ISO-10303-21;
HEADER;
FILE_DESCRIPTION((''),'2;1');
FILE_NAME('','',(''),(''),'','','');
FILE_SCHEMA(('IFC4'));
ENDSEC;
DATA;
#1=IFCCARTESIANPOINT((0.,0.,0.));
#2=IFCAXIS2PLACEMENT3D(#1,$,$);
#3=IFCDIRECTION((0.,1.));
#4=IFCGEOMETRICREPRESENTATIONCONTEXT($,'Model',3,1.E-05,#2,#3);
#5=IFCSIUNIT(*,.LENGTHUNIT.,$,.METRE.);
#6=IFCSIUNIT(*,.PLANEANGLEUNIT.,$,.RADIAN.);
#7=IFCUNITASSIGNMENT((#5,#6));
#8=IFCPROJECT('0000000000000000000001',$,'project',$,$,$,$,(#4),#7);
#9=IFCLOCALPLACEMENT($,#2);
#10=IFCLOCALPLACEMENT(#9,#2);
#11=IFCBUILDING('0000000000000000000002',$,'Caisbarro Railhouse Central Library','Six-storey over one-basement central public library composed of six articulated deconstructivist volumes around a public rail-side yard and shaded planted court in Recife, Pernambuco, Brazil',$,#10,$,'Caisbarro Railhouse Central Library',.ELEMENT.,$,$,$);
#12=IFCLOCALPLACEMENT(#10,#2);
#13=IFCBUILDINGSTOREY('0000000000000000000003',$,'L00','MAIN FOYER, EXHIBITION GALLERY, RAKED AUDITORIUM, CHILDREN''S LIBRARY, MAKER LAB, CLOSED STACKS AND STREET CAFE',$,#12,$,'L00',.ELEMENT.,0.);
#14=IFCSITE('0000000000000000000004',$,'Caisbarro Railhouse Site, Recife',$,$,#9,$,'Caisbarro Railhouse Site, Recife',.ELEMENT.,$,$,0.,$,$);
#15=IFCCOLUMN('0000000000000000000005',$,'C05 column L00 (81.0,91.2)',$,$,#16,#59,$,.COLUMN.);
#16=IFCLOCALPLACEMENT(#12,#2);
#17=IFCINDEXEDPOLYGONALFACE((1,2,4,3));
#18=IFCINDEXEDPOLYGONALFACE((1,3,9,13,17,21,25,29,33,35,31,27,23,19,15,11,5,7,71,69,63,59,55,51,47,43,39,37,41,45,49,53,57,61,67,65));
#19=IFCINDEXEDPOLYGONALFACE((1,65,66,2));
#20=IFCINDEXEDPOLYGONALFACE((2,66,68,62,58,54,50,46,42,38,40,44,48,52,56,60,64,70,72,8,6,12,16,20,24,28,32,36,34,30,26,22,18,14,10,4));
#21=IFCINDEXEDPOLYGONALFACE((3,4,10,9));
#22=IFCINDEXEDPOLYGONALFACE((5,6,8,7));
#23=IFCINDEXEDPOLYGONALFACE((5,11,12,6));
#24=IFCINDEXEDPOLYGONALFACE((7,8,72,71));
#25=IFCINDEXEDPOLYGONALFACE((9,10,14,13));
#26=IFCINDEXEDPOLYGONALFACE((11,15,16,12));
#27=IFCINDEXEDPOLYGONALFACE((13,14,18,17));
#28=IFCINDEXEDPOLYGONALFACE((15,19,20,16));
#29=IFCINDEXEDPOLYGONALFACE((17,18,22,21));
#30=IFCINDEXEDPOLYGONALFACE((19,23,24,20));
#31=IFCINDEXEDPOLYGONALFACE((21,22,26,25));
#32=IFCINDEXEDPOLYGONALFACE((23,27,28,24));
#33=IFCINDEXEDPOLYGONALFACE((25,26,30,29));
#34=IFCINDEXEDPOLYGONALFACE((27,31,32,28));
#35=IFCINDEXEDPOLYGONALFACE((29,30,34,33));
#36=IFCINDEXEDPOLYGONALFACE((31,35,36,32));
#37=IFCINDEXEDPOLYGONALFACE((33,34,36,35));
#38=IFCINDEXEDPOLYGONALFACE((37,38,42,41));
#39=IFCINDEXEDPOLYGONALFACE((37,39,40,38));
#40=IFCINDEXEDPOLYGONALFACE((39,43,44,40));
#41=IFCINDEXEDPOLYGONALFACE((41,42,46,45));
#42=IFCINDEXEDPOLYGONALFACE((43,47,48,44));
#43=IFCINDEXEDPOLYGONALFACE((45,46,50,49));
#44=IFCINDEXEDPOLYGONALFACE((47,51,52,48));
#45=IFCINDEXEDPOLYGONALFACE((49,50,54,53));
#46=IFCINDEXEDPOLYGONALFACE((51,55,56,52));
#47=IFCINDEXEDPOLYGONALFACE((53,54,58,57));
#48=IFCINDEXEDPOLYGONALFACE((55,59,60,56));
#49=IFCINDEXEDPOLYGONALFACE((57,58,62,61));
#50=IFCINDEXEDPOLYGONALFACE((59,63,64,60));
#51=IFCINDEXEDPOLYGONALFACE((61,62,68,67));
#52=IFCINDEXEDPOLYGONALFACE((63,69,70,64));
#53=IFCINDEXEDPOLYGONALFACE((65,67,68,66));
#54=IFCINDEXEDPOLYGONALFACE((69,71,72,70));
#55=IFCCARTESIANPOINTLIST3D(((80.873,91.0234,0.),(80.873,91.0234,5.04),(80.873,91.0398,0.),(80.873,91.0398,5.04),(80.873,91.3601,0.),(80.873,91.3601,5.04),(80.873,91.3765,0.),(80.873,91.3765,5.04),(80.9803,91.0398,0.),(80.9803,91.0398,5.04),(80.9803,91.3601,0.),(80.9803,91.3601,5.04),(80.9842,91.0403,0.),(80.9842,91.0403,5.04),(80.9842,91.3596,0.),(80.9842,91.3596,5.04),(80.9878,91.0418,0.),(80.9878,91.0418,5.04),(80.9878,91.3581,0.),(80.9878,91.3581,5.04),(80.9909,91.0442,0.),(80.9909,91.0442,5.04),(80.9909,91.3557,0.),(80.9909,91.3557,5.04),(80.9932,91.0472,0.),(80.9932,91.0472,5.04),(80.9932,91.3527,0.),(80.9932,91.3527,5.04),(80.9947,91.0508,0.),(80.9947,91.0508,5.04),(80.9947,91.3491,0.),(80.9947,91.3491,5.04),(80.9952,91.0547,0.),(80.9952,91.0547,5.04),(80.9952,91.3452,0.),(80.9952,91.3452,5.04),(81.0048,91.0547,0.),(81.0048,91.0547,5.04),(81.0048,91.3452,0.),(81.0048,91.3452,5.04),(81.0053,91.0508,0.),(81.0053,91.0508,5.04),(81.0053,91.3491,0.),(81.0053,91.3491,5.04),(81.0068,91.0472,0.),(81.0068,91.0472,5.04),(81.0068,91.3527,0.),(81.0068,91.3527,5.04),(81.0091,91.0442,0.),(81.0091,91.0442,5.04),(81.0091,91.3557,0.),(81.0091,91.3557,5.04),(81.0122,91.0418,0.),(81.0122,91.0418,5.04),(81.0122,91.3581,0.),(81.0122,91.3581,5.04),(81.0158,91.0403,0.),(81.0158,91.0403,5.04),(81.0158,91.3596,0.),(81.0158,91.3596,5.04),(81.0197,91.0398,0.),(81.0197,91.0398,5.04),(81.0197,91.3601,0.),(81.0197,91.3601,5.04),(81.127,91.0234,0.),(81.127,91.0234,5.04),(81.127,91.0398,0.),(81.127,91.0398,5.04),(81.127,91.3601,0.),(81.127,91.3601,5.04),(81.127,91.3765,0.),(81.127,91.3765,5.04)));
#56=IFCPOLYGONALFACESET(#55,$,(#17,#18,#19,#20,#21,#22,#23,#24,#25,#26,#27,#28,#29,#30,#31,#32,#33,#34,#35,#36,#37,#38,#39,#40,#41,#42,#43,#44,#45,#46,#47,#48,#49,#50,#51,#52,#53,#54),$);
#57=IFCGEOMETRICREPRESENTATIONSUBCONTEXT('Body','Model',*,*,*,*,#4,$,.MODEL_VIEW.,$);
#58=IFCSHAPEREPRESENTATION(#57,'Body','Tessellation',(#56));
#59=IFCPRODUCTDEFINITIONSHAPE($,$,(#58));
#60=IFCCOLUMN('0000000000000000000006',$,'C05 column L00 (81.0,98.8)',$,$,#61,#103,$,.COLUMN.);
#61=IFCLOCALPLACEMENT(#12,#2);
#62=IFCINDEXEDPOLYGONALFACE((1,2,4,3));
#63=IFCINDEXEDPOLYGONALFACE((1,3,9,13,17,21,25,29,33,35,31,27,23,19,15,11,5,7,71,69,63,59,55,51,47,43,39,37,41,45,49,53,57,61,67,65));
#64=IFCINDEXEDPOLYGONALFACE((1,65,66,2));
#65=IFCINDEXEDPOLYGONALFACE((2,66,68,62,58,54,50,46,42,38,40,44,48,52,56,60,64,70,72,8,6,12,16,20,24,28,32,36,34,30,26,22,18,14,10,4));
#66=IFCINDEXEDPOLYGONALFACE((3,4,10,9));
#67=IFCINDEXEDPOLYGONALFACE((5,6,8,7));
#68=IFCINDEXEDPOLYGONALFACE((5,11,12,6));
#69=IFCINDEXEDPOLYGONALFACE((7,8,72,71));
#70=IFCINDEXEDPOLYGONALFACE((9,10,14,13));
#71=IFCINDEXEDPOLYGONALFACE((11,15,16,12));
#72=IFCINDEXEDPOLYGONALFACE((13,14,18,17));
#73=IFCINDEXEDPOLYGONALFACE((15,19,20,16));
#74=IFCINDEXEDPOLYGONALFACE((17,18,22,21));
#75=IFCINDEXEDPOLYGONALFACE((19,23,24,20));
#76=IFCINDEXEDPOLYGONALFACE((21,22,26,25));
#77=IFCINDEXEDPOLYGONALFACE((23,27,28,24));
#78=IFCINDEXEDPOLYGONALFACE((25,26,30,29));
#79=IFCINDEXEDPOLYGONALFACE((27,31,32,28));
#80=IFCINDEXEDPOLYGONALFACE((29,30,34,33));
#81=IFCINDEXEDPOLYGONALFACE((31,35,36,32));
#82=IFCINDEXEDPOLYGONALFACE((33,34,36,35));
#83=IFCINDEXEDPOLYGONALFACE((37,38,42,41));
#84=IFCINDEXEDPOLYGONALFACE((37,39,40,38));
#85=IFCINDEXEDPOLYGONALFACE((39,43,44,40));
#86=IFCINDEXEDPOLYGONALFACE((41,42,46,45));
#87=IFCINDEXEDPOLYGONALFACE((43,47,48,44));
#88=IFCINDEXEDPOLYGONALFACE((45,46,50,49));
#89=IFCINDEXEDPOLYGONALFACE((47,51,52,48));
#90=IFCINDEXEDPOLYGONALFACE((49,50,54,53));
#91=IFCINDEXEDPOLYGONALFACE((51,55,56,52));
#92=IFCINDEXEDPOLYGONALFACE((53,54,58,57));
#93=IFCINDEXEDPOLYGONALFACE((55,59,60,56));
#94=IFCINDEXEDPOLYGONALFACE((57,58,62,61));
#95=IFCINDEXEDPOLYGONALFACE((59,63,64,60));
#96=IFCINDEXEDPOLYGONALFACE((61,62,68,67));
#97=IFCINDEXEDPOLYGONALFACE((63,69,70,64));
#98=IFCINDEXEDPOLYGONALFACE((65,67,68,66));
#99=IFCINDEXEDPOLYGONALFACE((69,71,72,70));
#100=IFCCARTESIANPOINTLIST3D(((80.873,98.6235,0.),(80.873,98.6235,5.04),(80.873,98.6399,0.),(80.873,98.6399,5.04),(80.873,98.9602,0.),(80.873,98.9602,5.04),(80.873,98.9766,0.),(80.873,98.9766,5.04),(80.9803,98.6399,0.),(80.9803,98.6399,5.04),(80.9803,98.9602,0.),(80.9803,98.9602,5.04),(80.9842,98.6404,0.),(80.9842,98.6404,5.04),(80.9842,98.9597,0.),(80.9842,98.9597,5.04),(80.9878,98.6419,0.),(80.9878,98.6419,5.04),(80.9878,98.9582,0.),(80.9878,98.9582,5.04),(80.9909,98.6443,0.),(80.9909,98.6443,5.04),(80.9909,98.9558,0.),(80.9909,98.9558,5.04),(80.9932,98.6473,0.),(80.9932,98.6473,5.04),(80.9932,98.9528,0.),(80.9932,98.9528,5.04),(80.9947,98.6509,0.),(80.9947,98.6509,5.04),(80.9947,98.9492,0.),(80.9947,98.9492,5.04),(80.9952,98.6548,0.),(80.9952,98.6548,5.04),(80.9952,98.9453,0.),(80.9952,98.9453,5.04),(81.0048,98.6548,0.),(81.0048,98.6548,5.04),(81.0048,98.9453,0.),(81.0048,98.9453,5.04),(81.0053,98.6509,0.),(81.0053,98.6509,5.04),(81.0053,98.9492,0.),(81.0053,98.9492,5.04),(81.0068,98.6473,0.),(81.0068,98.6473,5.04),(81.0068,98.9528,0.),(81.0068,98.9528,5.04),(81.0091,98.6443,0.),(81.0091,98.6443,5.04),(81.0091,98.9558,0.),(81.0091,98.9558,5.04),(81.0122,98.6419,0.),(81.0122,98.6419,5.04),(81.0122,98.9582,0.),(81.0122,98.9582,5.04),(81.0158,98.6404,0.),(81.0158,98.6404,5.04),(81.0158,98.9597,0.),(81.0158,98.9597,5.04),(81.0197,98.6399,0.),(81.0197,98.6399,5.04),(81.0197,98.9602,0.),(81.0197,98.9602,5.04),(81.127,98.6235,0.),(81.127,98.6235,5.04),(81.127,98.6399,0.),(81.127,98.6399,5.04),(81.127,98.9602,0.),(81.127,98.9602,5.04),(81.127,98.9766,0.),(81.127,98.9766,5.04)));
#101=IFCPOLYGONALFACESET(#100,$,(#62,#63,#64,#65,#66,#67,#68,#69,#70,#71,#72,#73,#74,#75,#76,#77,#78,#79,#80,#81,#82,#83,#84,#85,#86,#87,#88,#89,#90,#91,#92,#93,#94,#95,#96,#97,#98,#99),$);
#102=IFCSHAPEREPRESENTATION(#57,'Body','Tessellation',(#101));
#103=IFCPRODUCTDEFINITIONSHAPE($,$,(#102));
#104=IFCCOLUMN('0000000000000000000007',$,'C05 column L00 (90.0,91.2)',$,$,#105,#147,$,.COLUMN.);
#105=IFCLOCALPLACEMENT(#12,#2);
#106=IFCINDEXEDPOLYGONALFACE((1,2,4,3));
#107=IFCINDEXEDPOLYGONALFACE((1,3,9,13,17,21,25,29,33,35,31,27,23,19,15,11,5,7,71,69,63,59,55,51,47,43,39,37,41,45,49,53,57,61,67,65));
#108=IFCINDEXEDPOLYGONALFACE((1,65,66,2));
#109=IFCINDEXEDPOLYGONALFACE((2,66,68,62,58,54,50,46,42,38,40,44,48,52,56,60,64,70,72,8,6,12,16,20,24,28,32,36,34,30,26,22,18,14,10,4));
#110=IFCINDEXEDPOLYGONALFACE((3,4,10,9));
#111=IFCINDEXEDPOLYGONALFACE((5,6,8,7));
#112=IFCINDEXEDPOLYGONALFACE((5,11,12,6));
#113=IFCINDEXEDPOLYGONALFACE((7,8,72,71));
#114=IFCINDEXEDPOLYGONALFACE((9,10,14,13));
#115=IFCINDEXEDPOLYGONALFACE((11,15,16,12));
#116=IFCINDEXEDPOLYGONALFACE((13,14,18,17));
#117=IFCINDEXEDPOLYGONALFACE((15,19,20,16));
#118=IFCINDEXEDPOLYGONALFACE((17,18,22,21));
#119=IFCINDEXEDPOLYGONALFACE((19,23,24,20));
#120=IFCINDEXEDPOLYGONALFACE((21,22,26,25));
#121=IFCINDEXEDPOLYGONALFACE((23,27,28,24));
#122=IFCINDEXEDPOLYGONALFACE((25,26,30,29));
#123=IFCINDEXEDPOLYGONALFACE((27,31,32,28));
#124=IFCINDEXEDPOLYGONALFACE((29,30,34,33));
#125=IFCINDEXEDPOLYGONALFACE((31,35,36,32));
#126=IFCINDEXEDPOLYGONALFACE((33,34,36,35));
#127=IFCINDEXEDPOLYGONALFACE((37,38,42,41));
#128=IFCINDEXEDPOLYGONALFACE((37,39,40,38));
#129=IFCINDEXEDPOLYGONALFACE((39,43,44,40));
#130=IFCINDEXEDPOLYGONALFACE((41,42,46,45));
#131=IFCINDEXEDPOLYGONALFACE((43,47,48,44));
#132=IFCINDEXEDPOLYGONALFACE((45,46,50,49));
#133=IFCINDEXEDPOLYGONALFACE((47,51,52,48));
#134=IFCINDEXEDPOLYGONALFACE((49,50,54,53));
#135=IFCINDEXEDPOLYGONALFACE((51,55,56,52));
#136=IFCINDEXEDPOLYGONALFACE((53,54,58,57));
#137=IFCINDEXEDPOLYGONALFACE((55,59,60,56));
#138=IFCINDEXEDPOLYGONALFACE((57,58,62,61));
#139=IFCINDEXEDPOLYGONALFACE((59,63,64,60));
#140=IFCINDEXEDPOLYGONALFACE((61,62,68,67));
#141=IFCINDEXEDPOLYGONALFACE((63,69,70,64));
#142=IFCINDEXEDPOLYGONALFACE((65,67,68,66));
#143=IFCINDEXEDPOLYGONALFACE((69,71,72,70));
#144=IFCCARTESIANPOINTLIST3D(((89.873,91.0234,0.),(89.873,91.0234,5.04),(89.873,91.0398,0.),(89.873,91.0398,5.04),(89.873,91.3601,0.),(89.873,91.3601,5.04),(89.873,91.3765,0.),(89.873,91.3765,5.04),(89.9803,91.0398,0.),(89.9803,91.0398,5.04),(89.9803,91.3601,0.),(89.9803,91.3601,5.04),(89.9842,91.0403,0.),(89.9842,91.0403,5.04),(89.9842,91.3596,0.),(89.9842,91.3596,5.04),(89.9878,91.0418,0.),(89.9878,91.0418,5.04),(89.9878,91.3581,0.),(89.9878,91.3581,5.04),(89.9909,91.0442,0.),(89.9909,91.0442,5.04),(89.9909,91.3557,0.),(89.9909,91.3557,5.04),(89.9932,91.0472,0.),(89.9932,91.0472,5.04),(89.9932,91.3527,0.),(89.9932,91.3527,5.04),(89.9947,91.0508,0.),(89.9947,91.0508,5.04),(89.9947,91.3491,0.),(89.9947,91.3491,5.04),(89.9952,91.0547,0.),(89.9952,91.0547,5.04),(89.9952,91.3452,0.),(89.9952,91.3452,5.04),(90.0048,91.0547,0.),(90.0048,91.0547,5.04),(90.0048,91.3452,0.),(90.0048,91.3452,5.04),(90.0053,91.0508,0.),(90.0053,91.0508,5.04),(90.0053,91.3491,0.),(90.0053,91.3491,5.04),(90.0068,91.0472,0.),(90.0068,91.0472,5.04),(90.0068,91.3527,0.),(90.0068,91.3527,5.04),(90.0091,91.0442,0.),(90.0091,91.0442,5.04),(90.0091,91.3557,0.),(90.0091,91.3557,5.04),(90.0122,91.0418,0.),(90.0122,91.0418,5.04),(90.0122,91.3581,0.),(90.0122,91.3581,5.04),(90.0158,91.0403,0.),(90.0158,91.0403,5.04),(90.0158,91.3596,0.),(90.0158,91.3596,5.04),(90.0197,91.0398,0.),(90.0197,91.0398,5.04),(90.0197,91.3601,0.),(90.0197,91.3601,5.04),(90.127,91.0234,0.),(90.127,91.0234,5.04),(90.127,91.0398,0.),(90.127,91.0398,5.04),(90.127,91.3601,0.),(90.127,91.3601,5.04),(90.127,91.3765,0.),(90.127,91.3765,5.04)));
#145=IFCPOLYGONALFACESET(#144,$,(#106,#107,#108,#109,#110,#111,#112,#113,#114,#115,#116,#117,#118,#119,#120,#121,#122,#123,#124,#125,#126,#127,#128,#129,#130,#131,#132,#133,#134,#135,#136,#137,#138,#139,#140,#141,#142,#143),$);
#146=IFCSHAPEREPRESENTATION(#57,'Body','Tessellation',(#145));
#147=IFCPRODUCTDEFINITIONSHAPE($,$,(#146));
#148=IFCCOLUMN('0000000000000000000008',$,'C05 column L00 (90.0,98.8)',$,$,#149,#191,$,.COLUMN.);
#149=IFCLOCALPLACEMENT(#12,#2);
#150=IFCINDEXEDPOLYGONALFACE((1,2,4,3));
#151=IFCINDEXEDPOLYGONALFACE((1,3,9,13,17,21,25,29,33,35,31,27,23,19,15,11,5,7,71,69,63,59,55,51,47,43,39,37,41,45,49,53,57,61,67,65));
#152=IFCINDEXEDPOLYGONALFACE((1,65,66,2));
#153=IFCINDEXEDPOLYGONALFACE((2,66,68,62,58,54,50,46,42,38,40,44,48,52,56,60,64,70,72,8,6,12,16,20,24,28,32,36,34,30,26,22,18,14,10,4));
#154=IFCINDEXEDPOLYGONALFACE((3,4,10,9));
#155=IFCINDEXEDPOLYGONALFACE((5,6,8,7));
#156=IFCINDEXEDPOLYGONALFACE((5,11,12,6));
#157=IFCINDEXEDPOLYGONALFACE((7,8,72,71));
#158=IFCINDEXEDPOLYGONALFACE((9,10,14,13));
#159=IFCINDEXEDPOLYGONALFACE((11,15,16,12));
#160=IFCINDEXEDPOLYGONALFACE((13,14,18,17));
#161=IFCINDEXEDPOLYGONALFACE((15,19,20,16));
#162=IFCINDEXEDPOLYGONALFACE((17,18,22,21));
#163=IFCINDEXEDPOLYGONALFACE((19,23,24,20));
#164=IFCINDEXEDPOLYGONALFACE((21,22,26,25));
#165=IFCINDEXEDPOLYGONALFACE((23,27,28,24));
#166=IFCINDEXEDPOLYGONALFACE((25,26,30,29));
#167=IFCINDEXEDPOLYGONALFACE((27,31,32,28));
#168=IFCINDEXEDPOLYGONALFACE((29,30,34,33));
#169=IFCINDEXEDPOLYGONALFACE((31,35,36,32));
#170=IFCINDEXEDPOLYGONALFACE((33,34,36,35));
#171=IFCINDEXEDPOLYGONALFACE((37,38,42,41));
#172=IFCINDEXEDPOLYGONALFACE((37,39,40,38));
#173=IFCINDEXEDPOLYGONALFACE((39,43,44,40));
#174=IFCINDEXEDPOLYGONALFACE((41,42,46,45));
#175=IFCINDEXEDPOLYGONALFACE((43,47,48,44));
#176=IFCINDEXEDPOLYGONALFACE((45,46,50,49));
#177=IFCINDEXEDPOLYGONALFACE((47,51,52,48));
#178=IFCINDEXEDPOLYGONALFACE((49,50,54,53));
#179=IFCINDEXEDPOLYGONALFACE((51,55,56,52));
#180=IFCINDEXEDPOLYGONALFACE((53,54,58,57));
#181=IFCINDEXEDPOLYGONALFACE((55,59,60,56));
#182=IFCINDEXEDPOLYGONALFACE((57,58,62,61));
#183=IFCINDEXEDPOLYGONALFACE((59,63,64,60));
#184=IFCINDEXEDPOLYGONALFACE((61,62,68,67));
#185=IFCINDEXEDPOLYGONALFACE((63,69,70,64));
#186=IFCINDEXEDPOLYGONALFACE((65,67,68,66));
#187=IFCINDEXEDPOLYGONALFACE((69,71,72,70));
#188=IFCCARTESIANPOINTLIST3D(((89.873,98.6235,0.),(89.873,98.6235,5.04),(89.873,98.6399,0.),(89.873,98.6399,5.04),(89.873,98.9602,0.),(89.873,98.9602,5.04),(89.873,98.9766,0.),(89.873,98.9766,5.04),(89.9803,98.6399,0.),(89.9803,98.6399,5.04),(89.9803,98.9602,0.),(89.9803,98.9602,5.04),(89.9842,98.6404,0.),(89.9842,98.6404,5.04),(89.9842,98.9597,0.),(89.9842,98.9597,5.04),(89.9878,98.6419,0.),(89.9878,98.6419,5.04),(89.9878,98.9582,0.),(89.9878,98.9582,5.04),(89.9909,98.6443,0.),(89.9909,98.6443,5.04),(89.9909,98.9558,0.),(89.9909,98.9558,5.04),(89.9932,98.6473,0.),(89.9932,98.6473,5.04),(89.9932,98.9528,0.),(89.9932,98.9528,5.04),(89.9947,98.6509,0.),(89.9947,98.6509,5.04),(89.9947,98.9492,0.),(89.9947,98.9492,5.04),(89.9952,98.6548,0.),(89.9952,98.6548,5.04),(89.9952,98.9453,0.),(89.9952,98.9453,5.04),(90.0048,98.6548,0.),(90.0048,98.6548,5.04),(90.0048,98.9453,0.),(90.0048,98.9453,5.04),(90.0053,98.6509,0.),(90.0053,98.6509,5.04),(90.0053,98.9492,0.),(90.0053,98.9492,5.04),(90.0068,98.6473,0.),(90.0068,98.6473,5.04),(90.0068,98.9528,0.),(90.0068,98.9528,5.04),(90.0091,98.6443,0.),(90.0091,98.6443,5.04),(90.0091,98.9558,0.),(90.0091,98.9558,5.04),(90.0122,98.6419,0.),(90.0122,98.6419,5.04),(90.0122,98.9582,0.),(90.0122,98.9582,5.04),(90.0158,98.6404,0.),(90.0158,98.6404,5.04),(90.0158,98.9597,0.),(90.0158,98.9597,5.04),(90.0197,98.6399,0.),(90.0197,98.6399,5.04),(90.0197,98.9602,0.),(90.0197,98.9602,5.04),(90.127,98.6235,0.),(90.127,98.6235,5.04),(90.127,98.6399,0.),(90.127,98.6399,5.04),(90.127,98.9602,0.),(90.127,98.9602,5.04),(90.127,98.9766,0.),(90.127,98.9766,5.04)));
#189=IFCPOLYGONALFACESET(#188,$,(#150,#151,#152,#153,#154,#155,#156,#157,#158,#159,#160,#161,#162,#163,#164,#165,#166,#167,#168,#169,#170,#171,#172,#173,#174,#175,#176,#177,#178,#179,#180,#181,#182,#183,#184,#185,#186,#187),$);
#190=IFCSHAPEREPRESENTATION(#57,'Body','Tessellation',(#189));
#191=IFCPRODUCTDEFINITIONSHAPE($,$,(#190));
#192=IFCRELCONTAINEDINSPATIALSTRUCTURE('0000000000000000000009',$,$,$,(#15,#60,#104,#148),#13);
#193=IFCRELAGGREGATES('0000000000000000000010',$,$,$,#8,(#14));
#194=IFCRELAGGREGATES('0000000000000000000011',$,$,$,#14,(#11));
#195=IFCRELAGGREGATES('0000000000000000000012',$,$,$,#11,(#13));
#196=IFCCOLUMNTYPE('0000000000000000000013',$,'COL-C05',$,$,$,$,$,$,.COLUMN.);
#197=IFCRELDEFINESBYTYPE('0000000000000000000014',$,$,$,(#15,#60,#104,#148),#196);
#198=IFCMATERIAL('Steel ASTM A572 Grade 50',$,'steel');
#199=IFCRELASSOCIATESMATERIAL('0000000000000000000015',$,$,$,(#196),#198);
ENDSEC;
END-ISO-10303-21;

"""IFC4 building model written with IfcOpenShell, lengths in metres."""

from ifc_helpers import new_model, si_unit, direction, frame, origin, origin_2d, place, context, subcontext, project, spatial, i_section, extrude, material, material_profile, profile_set, type_object, element, save


model = new_model("IFC4")

# Units and contexts
model_context = context("Model", 3, precision=1e-05, world=origin(), true_north=direction((0.0, 1.0)))
body_context = subcontext(model_context, "Body", "Model", "MODEL_VIEW")
ifc_project = project(units=[si_unit("LENGTHUNIT", "METRE"), si_unit("PLANEANGLEUNIT", "RADIAN")], contexts=[model_context])

# Site, building, storey
site_placement = place(None, origin())
site = spatial("IfcSite", under=ifc_project, at=site_placement, Name="Caisbarro Railhouse Site, Recife", LongName="Caisbarro Railhouse Site, Recife", CompositionType="ELEMENT", RefElevation=0.0)
building_placement = place(site_placement, origin())
building = spatial("IfcBuilding", under=site, at=building_placement, Name="Caisbarro Railhouse Central Library", Description="Six-storey over one-basement central public library composed of six articulated deconstructivist volumes around a public rail-side yard and shaded planted court in Recife, Pernambuco, Brazil", LongName="Caisbarro Railhouse Central Library", CompositionType="ELEMENT")
storey_placement = place(building_placement, origin())
storey = spatial("IfcBuildingStorey", under=building, at=storey_placement, Name="L00", Description="MAIN FOYER, EXHIBITION GALLERY, RAKED AUDITORIUM, CHILDREN'S LIBRARY, MAKER LAB, CLOSED STACKS AND STREET CAFE", LongName="L00", CompositionType="ELEMENT", Elevation=0.0)

# Columns
ifc_material_1 = material(Name="Steel ASTM A572 Grade 50", Category="steel")
ifc_material_profile_1 = material_profile(ifc_material_1, i_section(OverallWidth=0.2539, OverallDepth=0.353, WebThickness=0.0095, FlangeThickness=0.0164, FilletRadius=0.0149, at=origin_2d()), Name="W360X91.0")
ifc_profile_set_1 = profile_set([ifc_material_profile_1], Name="Steel ASTM A572 Grade 50")
column_type = type_object("IfcColumnType", Name="COL-C05", PredefinedType="COLUMN", material=ifc_profile_set_1)
for number, where, z_axis, x_axis, name in (
    (1, (81.0, 91.2, 0.0), (0.0, 0.0, 1.0), (1.0, 0.0, 0.0), "C05 column L00 (81.0,91.2)"),
    (2, (81.0, 98.8, 0.0), (0.0, 0.0, 1.0), (1.0, 0.0, 0.0), "C05 column L00 (81.0,98.8)"),
    (3, (90.0, 91.2, 0.0), (0.0, 0.0, 1.0), (1.0, 0.0, 0.0), "C05 column L00 (90.0,91.2)"),
    (4, (90.0, 98.8, 0.0), (0.0, 0.0, 1.0), (1.0, 0.0, 0.0), "C05 column L00 (90.0,98.8)"),
):
    element("IfcColumn", number, at=place(storey_placement, frame(where, z_axis=z_axis, x_axis=x_axis)), inside=storey, type_object=column_type, Name=name, PredefinedType="COLUMN", context=body_context, shape_type="SweptSolid", body=[
        extrude(i_section(OverallWidth=0.2539, OverallDepth=0.353, WebThickness=0.0095, FlangeThickness=0.0164, FilletRadius=0.0149, at=origin_2d()), origin(), (0.0, 0.0, 1.0), 5.04),
    ])

save(model, "model.ifc")
